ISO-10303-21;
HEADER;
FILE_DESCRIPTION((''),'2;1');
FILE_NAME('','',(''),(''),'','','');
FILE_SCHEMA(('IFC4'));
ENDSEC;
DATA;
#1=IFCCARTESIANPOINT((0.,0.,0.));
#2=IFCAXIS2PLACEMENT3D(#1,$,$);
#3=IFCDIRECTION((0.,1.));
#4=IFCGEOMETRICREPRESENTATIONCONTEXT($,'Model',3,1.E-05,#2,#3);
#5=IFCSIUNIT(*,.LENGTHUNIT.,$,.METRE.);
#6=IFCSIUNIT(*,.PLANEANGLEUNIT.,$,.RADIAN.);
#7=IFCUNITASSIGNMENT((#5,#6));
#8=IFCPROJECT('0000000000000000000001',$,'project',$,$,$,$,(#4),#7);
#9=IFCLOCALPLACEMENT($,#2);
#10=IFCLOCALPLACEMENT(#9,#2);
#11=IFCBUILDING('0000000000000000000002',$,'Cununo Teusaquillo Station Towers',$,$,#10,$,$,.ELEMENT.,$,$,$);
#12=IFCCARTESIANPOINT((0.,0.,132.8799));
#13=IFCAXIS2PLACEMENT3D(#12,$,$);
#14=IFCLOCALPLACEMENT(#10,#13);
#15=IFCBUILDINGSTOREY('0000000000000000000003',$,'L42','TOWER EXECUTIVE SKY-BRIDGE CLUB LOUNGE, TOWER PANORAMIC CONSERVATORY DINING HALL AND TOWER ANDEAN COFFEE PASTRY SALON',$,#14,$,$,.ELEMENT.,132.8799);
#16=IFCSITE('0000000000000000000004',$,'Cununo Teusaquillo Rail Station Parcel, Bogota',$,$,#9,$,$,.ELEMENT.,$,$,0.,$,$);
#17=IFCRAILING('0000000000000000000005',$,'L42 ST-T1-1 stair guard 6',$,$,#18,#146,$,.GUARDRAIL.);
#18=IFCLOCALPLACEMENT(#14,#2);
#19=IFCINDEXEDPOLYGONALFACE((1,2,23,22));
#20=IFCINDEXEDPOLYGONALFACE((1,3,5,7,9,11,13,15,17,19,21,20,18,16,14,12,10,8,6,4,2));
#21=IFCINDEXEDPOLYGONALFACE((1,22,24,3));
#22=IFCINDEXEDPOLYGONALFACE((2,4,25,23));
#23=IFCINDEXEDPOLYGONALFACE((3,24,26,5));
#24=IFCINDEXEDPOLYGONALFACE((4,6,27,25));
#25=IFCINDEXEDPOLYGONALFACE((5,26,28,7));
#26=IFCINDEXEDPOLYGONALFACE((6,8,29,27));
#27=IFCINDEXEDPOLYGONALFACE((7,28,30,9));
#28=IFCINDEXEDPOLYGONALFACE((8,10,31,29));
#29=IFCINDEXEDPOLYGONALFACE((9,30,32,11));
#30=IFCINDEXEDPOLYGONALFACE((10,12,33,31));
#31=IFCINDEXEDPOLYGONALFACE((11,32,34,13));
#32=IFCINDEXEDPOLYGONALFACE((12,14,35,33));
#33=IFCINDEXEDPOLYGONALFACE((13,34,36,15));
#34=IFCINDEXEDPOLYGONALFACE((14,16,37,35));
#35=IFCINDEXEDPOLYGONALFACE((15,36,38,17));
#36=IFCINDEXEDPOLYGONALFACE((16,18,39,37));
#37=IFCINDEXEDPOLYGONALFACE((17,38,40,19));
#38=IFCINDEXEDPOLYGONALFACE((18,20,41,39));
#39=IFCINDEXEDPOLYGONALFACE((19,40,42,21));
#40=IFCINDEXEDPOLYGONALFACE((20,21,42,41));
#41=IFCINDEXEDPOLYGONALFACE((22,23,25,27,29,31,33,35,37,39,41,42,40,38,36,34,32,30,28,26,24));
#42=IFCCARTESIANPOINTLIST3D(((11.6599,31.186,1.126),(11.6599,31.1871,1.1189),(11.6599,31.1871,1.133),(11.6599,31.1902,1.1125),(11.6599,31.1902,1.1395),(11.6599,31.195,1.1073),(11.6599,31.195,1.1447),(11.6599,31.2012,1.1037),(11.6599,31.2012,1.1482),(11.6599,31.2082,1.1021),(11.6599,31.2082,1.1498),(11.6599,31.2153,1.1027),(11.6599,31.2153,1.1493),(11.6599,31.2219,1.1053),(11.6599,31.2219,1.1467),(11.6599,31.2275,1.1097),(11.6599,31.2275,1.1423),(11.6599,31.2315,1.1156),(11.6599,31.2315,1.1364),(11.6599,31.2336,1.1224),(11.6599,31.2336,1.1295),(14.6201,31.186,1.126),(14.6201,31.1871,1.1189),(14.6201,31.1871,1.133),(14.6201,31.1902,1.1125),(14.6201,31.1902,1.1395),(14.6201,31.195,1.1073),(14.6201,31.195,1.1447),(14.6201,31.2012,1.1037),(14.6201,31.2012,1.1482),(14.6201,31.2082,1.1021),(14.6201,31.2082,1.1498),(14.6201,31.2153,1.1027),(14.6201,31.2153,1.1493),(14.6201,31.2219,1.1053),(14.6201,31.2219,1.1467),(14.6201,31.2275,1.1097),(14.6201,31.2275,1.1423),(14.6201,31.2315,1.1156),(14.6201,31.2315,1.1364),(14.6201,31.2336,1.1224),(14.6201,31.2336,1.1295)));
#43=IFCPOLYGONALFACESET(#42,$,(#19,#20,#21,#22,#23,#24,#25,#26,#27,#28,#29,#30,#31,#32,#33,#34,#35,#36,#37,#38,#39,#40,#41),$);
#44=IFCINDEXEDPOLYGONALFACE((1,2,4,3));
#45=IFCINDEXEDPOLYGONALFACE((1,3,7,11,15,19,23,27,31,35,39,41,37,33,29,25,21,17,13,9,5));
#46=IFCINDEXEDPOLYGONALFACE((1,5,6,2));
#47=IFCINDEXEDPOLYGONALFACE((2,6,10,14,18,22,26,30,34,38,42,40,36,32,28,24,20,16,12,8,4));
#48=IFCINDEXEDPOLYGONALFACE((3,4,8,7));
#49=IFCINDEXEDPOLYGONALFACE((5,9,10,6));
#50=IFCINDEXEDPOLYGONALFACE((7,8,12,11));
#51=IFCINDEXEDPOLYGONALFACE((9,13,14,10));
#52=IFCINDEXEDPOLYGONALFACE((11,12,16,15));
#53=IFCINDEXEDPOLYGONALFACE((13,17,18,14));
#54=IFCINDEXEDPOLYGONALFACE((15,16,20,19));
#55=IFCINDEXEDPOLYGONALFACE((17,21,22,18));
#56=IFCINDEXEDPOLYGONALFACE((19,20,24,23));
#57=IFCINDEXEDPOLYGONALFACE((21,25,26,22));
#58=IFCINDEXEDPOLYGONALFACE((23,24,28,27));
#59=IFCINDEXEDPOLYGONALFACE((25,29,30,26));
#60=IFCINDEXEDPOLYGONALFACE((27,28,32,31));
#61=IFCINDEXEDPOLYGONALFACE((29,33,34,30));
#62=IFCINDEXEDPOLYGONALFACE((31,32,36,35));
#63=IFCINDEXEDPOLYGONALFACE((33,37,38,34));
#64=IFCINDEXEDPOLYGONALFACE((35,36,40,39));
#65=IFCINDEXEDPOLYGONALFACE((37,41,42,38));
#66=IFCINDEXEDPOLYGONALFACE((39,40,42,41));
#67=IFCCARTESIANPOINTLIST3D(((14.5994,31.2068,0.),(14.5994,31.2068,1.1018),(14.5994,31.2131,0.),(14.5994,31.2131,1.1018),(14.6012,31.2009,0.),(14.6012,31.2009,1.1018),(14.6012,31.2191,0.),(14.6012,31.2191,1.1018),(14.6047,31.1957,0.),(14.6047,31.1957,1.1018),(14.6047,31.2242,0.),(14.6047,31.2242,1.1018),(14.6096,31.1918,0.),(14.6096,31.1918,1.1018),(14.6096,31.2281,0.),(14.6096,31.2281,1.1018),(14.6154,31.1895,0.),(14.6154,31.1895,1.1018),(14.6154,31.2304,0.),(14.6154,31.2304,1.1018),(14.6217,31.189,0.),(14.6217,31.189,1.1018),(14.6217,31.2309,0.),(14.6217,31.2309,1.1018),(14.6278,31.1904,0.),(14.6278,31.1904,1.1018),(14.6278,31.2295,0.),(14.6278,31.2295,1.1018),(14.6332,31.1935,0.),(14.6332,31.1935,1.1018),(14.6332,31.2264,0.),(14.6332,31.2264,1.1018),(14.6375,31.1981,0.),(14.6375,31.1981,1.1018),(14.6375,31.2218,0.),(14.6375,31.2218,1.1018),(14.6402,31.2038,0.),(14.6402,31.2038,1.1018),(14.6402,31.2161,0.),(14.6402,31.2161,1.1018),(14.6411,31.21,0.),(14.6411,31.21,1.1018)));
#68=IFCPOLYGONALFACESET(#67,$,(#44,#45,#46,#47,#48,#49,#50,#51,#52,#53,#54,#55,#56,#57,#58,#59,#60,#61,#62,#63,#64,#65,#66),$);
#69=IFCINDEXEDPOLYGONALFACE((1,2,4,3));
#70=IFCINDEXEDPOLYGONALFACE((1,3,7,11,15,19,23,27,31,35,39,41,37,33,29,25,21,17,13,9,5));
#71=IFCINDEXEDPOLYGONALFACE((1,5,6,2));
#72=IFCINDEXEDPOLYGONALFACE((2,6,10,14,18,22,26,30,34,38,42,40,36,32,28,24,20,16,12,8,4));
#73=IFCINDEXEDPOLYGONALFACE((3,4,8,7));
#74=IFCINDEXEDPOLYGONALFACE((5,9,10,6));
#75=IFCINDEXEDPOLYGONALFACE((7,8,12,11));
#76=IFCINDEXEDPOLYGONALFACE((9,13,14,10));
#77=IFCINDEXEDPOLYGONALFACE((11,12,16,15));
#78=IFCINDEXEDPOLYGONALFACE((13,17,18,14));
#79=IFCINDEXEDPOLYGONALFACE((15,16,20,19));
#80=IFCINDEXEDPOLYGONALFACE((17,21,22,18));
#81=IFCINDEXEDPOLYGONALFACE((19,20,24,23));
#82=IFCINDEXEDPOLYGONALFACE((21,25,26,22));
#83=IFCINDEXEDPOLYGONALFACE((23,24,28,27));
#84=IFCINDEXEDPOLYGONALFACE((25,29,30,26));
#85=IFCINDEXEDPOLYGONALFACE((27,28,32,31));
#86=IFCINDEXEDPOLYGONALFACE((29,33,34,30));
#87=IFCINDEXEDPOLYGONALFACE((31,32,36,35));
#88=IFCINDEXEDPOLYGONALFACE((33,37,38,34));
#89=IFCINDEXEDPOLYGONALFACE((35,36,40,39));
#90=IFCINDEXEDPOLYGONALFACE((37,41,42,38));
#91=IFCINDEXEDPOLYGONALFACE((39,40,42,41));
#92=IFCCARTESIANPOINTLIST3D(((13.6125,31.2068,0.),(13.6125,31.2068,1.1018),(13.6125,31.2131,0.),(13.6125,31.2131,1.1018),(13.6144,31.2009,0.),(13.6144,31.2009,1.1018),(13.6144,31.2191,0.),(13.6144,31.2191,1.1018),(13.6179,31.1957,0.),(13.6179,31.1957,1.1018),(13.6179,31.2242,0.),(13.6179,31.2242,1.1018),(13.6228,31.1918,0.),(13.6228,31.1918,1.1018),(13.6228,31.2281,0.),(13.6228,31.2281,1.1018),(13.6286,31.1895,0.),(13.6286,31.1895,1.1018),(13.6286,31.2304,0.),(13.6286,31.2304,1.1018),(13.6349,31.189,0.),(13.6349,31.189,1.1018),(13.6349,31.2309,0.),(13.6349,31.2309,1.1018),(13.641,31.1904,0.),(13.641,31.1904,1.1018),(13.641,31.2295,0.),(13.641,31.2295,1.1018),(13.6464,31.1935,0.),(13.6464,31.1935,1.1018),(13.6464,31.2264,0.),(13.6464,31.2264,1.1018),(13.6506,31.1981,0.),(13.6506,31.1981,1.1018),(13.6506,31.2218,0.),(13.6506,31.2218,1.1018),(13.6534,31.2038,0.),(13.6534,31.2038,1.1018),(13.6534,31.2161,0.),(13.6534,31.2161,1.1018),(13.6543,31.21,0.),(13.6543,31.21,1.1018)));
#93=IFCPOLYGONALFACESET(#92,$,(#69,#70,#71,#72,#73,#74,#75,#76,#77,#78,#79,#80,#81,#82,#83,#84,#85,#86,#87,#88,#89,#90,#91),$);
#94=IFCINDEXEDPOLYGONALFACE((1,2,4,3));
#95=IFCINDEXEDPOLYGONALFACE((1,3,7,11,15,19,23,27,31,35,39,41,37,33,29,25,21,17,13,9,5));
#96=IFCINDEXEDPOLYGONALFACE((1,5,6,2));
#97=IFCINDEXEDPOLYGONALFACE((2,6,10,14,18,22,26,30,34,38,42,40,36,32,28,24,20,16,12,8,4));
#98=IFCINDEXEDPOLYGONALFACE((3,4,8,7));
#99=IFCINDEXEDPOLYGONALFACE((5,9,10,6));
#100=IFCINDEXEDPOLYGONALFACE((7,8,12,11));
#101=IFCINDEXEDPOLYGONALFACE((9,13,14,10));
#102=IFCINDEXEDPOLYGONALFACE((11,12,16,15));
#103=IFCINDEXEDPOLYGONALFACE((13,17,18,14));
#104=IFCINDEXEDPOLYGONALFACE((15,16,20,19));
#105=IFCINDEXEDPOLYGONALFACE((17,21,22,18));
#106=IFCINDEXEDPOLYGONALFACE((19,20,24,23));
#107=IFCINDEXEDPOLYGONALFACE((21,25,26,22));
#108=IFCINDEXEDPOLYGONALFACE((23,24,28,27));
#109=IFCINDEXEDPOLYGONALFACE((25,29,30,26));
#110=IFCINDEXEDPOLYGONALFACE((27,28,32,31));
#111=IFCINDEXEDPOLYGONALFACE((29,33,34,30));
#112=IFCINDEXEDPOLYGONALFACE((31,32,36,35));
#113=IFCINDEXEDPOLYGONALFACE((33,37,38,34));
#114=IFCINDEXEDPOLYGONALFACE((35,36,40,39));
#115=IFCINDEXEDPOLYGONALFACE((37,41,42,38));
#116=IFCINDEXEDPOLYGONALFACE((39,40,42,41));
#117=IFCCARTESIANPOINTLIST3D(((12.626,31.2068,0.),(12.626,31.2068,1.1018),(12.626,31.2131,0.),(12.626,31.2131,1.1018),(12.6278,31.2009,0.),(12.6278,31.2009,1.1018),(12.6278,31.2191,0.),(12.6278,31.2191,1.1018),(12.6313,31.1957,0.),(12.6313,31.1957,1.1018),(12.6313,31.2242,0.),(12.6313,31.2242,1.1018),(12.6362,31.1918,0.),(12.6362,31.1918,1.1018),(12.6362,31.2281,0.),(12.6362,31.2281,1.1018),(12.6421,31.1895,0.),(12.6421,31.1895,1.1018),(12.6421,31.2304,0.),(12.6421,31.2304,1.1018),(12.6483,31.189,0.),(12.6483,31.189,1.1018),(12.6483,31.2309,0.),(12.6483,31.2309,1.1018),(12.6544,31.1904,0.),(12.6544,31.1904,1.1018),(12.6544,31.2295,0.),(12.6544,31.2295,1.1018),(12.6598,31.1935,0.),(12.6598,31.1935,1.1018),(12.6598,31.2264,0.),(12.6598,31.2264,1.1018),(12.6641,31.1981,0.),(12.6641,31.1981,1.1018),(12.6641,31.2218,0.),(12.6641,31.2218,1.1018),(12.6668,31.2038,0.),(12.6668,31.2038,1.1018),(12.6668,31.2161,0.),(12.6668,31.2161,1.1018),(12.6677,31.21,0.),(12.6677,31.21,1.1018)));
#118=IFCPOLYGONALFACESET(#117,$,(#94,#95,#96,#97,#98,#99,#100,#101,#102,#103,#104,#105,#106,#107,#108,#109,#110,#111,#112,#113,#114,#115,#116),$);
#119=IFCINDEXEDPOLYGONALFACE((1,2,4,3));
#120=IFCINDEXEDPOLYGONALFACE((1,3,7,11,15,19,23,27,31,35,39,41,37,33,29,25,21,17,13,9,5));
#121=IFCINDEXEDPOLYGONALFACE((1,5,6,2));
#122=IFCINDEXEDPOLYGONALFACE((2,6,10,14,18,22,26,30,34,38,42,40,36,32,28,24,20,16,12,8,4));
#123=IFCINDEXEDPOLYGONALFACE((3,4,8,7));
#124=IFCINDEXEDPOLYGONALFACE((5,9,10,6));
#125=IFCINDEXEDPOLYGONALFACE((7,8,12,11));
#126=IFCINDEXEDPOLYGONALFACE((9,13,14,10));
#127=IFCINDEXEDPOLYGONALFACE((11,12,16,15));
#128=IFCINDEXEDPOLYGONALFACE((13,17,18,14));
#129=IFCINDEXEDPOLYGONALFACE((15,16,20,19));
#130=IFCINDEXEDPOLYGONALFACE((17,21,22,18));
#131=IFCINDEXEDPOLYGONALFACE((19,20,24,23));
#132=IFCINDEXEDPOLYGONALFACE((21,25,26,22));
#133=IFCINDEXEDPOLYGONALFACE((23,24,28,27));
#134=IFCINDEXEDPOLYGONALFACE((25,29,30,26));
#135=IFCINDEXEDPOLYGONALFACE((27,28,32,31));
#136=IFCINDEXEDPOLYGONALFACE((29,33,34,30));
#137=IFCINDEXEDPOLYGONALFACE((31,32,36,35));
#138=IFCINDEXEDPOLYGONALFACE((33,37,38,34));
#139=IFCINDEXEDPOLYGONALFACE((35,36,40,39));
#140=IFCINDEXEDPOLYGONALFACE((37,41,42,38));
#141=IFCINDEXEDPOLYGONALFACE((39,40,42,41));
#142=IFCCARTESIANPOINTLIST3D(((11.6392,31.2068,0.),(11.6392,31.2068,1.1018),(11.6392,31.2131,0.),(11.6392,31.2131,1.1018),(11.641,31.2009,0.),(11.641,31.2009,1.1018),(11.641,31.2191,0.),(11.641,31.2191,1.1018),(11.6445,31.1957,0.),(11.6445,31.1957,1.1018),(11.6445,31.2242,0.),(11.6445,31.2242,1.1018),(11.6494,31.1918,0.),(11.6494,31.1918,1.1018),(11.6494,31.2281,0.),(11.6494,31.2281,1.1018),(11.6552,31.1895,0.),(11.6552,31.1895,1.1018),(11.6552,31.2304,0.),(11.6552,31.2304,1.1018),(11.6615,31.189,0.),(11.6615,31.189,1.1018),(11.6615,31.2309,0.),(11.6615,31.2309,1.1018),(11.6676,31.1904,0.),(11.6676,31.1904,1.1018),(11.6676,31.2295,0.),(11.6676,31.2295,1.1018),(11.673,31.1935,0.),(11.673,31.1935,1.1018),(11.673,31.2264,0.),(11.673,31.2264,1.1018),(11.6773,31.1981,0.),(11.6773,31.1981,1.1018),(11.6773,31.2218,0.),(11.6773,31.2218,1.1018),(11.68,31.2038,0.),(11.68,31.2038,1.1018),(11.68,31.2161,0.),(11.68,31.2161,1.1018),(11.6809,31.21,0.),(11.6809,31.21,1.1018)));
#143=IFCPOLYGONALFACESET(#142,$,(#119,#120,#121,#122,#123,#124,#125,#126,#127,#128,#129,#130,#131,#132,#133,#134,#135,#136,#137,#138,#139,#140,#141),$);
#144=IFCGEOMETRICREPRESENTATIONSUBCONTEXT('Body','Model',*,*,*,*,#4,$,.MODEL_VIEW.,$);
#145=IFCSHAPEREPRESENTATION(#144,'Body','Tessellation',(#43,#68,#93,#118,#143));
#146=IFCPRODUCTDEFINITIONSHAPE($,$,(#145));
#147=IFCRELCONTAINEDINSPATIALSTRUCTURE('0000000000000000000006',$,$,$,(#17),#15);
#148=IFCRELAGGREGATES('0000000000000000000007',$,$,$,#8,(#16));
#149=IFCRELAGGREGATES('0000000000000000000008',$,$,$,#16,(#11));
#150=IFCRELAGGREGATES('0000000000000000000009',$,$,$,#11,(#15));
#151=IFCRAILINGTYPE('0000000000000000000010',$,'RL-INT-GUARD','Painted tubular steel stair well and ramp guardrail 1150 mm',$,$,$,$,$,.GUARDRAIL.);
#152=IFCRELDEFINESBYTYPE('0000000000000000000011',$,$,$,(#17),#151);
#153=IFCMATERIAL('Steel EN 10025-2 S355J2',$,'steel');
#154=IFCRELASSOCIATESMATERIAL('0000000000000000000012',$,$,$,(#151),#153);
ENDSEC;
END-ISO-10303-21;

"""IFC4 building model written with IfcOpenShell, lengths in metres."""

from ifc_helpers import new_model, si_unit, direction, frame, origin, origin_2d, place, context, subcontext, project, spatial, circle, extrude, material, type_object, element, save


model = new_model("IFC4")

# Units and contexts
model_context = context("Model", 3, precision=1e-05, world=origin(), true_north=direction((0.0, 1.0)))
body_context = subcontext(model_context, "Body", "Model", "MODEL_VIEW")
ifc_project = project(units=[si_unit("LENGTHUNIT", "METRE"), si_unit("PLANEANGLEUNIT", "RADIAN")], contexts=[model_context])

# Site, building, storey
site_placement = place(None, origin())
site = spatial("IfcSite", under=ifc_project, at=site_placement, Name="Cununo Teusaquillo Rail Station Parcel, Bogota", CompositionType="ELEMENT", RefElevation=0.0)
building_placement = place(site_placement, origin())
building = spatial("IfcBuilding", under=site, at=building_placement, Name="Cununo Teusaquillo Station Towers", CompositionType="ELEMENT")
storey_placement = place(building_placement, frame((0.0, 0.0, 132.8799)))
storey = spatial("IfcBuildingStorey", under=building, at=storey_placement, Name="L42", Description="TOWER EXECUTIVE SKY-BRIDGE CLUB LOUNGE, TOWER PANORAMIC CONSERVATORY DINING HALL AND TOWER ANDEAN COFFEE PASTRY SALON", CompositionType="ELEMENT", Elevation=132.8799)

# Railing
ifc_material_1 = material(Name="Steel EN 10025-2 S355J2", Category="steel")
railing_type_1 = type_object("IfcRailingType", Name="RL-INT-GUARD", Description="Painted tubular steel stair well and ramp guardrail 1150 mm", PredefinedType="GUARDRAIL", material=ifc_material_1)
railing_1_placement = place(storey_placement, frame((14.6201, 31.21, 0.0)))
element("IfcRailing", 1, at=railing_1_placement, inside=storey, type_object=railing_type_1, Name="L42 ST-T1-1 stair guard 6", PredefinedType="GUARDRAIL", context=body_context, shape_type="SweptSolid", body=[
    extrude(circle(Radius=0.0239, at=origin_2d()), frame((0.0, 0.0, 1.126), z_axis=(-1.0, 0.0, 0.0), x_axis=(0.0, -1.0, 0.0)), (0.0, 0.0, 1.0), 2.9602),
    extrude(circle(Radius=0.021, at=origin_2d()), origin(), (0.0, 0.0, 1.0), 1.1018),
    extrude(circle(Radius=0.021, at=origin_2d()), frame((-0.9868, 0.0, 0.0)), (0.0, 0.0, 1.0), 1.1018),
    extrude(circle(Radius=0.021, at=origin_2d()), frame((-1.9734, 0.0, 0.0)), (0.0, 0.0, 1.0), 1.1018),
    extrude(circle(Radius=0.021, at=origin_2d()), frame((-2.9602, 0.0, 0.0)), (0.0, 0.0, 1.0), 1.1018),
])

save(model, "model.ifc")
